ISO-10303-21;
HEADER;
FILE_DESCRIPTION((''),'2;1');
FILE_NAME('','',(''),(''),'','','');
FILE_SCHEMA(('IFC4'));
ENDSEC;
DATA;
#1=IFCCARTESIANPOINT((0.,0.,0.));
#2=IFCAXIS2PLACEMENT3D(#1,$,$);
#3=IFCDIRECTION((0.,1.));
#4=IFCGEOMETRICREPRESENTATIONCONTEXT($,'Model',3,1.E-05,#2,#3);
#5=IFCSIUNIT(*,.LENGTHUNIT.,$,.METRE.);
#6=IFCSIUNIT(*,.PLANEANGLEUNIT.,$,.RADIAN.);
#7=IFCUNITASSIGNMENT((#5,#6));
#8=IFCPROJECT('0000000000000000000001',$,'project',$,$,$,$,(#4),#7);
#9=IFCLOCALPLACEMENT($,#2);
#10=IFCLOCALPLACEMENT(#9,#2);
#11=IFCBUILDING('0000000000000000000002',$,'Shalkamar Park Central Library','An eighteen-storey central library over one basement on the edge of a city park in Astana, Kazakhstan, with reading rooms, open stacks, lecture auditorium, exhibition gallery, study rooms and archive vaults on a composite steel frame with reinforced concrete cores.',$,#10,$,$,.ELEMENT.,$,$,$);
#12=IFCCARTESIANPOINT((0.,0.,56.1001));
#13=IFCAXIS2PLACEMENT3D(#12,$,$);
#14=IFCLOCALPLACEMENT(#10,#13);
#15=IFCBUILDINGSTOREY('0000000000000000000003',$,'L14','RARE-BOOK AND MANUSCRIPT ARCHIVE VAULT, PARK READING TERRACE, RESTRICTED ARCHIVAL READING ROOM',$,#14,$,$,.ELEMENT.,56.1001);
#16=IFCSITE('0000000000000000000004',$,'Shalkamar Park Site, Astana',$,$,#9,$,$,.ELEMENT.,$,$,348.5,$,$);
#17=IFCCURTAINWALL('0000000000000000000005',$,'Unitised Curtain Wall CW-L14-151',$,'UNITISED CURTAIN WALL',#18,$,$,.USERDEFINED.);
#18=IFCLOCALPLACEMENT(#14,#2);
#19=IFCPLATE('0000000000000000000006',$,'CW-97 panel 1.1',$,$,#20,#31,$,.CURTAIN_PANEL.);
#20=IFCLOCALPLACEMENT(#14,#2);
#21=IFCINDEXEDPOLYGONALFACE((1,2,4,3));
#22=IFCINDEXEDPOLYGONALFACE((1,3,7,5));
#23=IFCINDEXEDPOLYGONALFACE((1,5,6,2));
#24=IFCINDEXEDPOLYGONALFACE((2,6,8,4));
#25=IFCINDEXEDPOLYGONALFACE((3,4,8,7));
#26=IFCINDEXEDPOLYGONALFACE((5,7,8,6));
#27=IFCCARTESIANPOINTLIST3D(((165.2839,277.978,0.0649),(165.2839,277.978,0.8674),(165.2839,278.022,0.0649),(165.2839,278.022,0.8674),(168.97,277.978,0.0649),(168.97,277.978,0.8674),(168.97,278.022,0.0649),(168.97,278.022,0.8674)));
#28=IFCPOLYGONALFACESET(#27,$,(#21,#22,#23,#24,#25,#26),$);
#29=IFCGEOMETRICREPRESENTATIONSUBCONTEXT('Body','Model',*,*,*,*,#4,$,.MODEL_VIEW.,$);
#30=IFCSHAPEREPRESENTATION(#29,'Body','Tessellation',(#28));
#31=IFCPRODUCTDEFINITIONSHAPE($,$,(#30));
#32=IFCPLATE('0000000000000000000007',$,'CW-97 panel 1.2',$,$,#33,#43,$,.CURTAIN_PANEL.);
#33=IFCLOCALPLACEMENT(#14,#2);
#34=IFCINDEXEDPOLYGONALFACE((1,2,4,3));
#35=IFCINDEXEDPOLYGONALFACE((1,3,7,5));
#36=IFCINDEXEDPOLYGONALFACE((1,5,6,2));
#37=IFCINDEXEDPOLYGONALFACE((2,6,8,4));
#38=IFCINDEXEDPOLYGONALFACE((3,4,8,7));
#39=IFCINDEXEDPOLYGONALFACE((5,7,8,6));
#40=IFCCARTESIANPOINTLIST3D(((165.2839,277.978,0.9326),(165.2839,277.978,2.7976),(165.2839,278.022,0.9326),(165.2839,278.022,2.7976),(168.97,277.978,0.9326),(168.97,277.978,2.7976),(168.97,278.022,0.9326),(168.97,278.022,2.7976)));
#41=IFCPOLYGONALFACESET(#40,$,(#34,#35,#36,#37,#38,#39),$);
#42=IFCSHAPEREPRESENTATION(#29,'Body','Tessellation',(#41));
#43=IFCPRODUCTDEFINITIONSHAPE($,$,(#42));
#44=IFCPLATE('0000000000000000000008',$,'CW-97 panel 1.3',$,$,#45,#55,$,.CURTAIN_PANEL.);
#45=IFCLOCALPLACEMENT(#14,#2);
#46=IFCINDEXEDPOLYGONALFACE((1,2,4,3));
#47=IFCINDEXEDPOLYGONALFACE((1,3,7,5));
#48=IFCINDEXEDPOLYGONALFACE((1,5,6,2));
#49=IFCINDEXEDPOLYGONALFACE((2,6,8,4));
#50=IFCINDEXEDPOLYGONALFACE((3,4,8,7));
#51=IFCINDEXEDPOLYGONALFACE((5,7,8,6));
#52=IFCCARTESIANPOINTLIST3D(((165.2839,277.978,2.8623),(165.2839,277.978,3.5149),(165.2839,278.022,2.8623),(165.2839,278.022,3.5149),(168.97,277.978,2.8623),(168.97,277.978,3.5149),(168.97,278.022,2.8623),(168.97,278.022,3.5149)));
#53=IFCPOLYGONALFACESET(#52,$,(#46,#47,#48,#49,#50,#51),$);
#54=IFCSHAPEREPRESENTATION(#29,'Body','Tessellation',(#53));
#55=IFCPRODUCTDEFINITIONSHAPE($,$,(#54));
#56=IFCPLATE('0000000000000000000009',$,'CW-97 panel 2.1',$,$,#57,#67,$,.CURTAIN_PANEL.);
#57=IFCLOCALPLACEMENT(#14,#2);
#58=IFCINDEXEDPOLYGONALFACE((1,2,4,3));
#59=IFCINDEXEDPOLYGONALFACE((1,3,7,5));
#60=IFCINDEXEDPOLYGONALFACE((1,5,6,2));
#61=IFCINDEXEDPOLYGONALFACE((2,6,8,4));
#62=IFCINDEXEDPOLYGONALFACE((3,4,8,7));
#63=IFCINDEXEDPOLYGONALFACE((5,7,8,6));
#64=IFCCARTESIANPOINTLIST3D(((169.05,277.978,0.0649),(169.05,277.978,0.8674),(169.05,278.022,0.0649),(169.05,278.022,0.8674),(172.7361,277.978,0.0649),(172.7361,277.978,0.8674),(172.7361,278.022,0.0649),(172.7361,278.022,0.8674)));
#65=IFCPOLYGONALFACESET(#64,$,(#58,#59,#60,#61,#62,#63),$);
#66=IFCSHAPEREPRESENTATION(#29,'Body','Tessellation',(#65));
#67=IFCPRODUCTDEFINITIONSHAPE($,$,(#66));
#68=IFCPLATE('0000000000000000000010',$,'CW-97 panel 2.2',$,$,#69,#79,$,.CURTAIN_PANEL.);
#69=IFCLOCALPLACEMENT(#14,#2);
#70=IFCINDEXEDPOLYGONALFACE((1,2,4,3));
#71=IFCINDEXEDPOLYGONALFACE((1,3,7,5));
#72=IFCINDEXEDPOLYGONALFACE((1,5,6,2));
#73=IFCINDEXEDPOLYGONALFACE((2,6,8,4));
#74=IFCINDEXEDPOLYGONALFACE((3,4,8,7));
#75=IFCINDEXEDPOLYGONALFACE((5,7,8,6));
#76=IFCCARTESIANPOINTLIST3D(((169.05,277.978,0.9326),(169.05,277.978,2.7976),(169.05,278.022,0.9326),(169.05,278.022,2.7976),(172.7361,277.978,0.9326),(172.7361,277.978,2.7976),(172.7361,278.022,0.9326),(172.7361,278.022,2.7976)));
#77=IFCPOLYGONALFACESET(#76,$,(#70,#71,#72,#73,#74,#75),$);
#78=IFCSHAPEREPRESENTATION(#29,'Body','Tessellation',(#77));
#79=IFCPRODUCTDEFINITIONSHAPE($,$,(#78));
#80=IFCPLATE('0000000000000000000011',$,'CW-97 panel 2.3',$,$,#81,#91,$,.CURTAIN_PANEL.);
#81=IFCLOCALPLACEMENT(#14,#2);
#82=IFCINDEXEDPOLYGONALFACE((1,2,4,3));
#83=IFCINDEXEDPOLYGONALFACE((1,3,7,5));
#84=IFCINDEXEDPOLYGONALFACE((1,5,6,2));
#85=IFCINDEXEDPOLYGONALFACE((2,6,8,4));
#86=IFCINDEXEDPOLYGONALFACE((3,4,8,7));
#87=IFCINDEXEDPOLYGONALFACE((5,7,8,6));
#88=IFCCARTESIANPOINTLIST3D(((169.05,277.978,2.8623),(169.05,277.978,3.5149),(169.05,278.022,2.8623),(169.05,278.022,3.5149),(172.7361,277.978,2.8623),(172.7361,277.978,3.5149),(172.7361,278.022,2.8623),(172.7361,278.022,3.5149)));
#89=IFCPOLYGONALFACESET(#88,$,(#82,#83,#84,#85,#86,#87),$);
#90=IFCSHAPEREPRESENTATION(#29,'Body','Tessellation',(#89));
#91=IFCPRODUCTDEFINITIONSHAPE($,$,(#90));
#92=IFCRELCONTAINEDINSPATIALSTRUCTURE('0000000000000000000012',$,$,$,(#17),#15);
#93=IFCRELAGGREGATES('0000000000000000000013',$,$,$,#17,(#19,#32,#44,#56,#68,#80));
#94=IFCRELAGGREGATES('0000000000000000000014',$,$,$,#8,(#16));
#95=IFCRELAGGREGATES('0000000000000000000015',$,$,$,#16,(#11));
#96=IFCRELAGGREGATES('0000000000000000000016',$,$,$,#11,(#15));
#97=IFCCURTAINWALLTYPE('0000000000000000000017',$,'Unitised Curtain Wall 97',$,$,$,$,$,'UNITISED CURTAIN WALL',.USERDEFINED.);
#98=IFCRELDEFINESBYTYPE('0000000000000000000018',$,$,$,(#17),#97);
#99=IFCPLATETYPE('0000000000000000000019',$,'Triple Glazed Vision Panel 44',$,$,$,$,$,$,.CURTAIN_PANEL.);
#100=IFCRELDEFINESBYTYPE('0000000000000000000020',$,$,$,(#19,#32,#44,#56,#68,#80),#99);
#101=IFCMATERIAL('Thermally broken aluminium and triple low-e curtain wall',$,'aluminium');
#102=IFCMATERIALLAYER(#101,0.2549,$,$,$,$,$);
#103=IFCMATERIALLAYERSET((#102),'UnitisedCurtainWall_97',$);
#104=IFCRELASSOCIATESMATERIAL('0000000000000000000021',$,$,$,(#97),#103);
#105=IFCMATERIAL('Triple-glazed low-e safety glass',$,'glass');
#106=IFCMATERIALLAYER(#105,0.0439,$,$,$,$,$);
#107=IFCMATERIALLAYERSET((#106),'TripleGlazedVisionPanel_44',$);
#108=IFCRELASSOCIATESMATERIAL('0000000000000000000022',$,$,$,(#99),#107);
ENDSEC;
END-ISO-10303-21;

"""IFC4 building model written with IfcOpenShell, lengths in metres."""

from ifc_helpers import new_model, si_unit, direction, frame, origin, origin_2d, place, context, subcontext, project, spatial, rectangle, extrude, material, layer, layer_set, type_object, element, aggregate, save


model = new_model("IFC4")

# Units and contexts
model_context = context("Model", 3, precision=1e-05, world=origin(), true_north=direction((0.0, 1.0)))
body_context = subcontext(model_context, "Body", "Model", "MODEL_VIEW")
ifc_project = project(units=[si_unit("LENGTHUNIT", "METRE"), si_unit("PLANEANGLEUNIT", "RADIAN")], contexts=[model_context])

# Site, building, storey
site_placement = place(None, origin())
site = spatial("IfcSite", under=ifc_project, at=site_placement, Name="Shalkamar Park Site, Astana", CompositionType="ELEMENT", RefElevation=348.5)
building_placement = place(site_placement, origin())
building = spatial("IfcBuilding", under=site, at=building_placement, Name="Shalkamar Park Central Library", Description="An eighteen-storey central library over one basement on the edge of a city park in Astana, Kazakhstan, with reading rooms, open stacks, lecture auditorium, exhibition gallery, study rooms and archive vaults on a composite steel frame with reinforced concrete cores.", CompositionType="ELEMENT")
storey_placement = place(building_placement, frame((0.0, 0.0, 56.1001)))
storey = spatial("IfcBuildingStorey", under=building, at=storey_placement, Name="L14", Description="RARE-BOOK AND MANUSCRIPT ARCHIVE VAULT, PARK READING TERRACE, RESTRICTED ARCHIVAL READING ROOM", CompositionType="ELEMENT", Elevation=56.1001)

# Curtain wall
ifc_material_1 = material(Name="Thermally broken aluminium and triple low-e curtain wall", Category="aluminium")
ifc_layer_1 = layer(ifc_material_1, 0.2549)
ifc_layer_set_1 = layer_set([ifc_layer_1], Name="UnitisedCurtainWall_97")
curtain_wall_type_1 = type_object("IfcCurtainWallType", Name="Unitised Curtain Wall 97", ElementType="UNITISED CURTAIN WALL", PredefinedType="USERDEFINED", material=ifc_layer_set_1)
curtain_wall_1_placement = place(storey_placement, origin())
curtain_wall_1 = element("IfcCurtainWall", 1, at=curtain_wall_1_placement, inside=storey, type_object=curtain_wall_type_1, Name="Unitised Curtain Wall CW-L14-151", ObjectType="UNITISED CURTAIN WALL", PredefinedType="USERDEFINED")

# Plates
ifc_material_2 = material(Name="Triple-glazed low-e safety glass", Category="glass")
ifc_layer_2 = layer(ifc_material_2, 0.0439)
ifc_layer_set_2 = layer_set([ifc_layer_2], Name="TripleGlazedVisionPanel_44")
plate_type = type_object("IfcPlateType", Name="Triple Glazed Vision Panel 44", PredefinedType="CURTAIN_PANEL", material=ifc_layer_set_2)
plate_1_placement = place(storey_placement, frame((167.127, 278.0, 0.0649), z_axis=(0.0, 0.0, 1.0), x_axis=(1.0, 0.0, 0.0)))
plate_1 = element("IfcPlate", 2, at=plate_1_placement, type_object=plate_type, Name="CW-97 panel 1.1", PredefinedType="CURTAIN_PANEL", context=body_context, shape_type="SweptSolid", body=[
    extrude(rectangle(XDim=3.686, YDim=0.0439, at=origin_2d()), origin(), (0.0, 0.0, 1.0), 0.8025),
])
plate_2_placement = place(storey_placement, frame((167.127, 278.0, 0.9326), z_axis=(0.0, 0.0, 1.0), x_axis=(1.0, 0.0, 0.0)))
plate_2 = element("IfcPlate", 3, at=plate_2_placement, type_object=plate_type, Name="CW-97 panel 1.2", PredefinedType="CURTAIN_PANEL", context=body_context, shape_type="SweptSolid", body=[
    extrude(rectangle(XDim=3.686, YDim=0.0439, at=origin_2d()), origin(), (0.0, 0.0, 1.0), 1.865),
])
plate_3_placement = place(storey_placement, frame((167.127, 278.0, 2.8623), z_axis=(0.0, 0.0, 1.0), x_axis=(1.0, 0.0, 0.0)))
plate_3 = element("IfcPlate", 4, at=plate_3_placement, type_object=plate_type, Name="CW-97 panel 1.3", PredefinedType="CURTAIN_PANEL", context=body_context, shape_type="SweptSolid", body=[
    extrude(rectangle(XDim=3.686, YDim=0.0439, at=origin_2d()), origin(), (0.0, 0.0, 1.0), 0.6526),
])
plate_4_placement = place(storey_placement, frame((170.8931, 278.0, 0.0649), z_axis=(0.0, 0.0, 1.0), x_axis=(1.0, 0.0, 0.0)))
plate_4 = element("IfcPlate", 5, at=plate_4_placement, type_object=plate_type, Name="CW-97 panel 2.1", PredefinedType="CURTAIN_PANEL", context=body_context, shape_type="SweptSolid", body=[
    extrude(rectangle(XDim=3.686, YDim=0.0439, at=origin_2d()), origin(), (0.0, 0.0, 1.0), 0.8025),
])
plate_5_placement = place(storey_placement, frame((170.8931, 278.0, 0.9326), z_axis=(0.0, 0.0, 1.0), x_axis=(1.0, 0.0, 0.0)))
plate_5 = element("IfcPlate", 6, at=plate_5_placement, type_object=plate_type, Name="CW-97 panel 2.2", PredefinedType="CURTAIN_PANEL", context=body_context, shape_type="SweptSolid", body=[
    extrude(rectangle(XDim=3.686, YDim=0.0439, at=origin_2d()), origin(), (0.0, 0.0, 1.0), 1.865),
])
plate_6_placement = place(storey_placement, frame((170.8931, 278.0, 2.8623), z_axis=(0.0, 0.0, 1.0), x_axis=(1.0, 0.0, 0.0)))
plate_6 = element("IfcPlate", 7, at=plate_6_placement, type_object=plate_type, Name="CW-97 panel 2.3", PredefinedType="CURTAIN_PANEL", context=body_context, shape_type="SweptSolid", body=[
    extrude(rectangle(XDim=3.686, YDim=0.0439, at=origin_2d()), origin(), (0.0, 0.0, 1.0), 0.6526),
])
aggregate(curtain_wall_1, [plate_1, plate_2, plate_3, plate_4, plate_5, plate_6])

save(model, "model.ifc")
